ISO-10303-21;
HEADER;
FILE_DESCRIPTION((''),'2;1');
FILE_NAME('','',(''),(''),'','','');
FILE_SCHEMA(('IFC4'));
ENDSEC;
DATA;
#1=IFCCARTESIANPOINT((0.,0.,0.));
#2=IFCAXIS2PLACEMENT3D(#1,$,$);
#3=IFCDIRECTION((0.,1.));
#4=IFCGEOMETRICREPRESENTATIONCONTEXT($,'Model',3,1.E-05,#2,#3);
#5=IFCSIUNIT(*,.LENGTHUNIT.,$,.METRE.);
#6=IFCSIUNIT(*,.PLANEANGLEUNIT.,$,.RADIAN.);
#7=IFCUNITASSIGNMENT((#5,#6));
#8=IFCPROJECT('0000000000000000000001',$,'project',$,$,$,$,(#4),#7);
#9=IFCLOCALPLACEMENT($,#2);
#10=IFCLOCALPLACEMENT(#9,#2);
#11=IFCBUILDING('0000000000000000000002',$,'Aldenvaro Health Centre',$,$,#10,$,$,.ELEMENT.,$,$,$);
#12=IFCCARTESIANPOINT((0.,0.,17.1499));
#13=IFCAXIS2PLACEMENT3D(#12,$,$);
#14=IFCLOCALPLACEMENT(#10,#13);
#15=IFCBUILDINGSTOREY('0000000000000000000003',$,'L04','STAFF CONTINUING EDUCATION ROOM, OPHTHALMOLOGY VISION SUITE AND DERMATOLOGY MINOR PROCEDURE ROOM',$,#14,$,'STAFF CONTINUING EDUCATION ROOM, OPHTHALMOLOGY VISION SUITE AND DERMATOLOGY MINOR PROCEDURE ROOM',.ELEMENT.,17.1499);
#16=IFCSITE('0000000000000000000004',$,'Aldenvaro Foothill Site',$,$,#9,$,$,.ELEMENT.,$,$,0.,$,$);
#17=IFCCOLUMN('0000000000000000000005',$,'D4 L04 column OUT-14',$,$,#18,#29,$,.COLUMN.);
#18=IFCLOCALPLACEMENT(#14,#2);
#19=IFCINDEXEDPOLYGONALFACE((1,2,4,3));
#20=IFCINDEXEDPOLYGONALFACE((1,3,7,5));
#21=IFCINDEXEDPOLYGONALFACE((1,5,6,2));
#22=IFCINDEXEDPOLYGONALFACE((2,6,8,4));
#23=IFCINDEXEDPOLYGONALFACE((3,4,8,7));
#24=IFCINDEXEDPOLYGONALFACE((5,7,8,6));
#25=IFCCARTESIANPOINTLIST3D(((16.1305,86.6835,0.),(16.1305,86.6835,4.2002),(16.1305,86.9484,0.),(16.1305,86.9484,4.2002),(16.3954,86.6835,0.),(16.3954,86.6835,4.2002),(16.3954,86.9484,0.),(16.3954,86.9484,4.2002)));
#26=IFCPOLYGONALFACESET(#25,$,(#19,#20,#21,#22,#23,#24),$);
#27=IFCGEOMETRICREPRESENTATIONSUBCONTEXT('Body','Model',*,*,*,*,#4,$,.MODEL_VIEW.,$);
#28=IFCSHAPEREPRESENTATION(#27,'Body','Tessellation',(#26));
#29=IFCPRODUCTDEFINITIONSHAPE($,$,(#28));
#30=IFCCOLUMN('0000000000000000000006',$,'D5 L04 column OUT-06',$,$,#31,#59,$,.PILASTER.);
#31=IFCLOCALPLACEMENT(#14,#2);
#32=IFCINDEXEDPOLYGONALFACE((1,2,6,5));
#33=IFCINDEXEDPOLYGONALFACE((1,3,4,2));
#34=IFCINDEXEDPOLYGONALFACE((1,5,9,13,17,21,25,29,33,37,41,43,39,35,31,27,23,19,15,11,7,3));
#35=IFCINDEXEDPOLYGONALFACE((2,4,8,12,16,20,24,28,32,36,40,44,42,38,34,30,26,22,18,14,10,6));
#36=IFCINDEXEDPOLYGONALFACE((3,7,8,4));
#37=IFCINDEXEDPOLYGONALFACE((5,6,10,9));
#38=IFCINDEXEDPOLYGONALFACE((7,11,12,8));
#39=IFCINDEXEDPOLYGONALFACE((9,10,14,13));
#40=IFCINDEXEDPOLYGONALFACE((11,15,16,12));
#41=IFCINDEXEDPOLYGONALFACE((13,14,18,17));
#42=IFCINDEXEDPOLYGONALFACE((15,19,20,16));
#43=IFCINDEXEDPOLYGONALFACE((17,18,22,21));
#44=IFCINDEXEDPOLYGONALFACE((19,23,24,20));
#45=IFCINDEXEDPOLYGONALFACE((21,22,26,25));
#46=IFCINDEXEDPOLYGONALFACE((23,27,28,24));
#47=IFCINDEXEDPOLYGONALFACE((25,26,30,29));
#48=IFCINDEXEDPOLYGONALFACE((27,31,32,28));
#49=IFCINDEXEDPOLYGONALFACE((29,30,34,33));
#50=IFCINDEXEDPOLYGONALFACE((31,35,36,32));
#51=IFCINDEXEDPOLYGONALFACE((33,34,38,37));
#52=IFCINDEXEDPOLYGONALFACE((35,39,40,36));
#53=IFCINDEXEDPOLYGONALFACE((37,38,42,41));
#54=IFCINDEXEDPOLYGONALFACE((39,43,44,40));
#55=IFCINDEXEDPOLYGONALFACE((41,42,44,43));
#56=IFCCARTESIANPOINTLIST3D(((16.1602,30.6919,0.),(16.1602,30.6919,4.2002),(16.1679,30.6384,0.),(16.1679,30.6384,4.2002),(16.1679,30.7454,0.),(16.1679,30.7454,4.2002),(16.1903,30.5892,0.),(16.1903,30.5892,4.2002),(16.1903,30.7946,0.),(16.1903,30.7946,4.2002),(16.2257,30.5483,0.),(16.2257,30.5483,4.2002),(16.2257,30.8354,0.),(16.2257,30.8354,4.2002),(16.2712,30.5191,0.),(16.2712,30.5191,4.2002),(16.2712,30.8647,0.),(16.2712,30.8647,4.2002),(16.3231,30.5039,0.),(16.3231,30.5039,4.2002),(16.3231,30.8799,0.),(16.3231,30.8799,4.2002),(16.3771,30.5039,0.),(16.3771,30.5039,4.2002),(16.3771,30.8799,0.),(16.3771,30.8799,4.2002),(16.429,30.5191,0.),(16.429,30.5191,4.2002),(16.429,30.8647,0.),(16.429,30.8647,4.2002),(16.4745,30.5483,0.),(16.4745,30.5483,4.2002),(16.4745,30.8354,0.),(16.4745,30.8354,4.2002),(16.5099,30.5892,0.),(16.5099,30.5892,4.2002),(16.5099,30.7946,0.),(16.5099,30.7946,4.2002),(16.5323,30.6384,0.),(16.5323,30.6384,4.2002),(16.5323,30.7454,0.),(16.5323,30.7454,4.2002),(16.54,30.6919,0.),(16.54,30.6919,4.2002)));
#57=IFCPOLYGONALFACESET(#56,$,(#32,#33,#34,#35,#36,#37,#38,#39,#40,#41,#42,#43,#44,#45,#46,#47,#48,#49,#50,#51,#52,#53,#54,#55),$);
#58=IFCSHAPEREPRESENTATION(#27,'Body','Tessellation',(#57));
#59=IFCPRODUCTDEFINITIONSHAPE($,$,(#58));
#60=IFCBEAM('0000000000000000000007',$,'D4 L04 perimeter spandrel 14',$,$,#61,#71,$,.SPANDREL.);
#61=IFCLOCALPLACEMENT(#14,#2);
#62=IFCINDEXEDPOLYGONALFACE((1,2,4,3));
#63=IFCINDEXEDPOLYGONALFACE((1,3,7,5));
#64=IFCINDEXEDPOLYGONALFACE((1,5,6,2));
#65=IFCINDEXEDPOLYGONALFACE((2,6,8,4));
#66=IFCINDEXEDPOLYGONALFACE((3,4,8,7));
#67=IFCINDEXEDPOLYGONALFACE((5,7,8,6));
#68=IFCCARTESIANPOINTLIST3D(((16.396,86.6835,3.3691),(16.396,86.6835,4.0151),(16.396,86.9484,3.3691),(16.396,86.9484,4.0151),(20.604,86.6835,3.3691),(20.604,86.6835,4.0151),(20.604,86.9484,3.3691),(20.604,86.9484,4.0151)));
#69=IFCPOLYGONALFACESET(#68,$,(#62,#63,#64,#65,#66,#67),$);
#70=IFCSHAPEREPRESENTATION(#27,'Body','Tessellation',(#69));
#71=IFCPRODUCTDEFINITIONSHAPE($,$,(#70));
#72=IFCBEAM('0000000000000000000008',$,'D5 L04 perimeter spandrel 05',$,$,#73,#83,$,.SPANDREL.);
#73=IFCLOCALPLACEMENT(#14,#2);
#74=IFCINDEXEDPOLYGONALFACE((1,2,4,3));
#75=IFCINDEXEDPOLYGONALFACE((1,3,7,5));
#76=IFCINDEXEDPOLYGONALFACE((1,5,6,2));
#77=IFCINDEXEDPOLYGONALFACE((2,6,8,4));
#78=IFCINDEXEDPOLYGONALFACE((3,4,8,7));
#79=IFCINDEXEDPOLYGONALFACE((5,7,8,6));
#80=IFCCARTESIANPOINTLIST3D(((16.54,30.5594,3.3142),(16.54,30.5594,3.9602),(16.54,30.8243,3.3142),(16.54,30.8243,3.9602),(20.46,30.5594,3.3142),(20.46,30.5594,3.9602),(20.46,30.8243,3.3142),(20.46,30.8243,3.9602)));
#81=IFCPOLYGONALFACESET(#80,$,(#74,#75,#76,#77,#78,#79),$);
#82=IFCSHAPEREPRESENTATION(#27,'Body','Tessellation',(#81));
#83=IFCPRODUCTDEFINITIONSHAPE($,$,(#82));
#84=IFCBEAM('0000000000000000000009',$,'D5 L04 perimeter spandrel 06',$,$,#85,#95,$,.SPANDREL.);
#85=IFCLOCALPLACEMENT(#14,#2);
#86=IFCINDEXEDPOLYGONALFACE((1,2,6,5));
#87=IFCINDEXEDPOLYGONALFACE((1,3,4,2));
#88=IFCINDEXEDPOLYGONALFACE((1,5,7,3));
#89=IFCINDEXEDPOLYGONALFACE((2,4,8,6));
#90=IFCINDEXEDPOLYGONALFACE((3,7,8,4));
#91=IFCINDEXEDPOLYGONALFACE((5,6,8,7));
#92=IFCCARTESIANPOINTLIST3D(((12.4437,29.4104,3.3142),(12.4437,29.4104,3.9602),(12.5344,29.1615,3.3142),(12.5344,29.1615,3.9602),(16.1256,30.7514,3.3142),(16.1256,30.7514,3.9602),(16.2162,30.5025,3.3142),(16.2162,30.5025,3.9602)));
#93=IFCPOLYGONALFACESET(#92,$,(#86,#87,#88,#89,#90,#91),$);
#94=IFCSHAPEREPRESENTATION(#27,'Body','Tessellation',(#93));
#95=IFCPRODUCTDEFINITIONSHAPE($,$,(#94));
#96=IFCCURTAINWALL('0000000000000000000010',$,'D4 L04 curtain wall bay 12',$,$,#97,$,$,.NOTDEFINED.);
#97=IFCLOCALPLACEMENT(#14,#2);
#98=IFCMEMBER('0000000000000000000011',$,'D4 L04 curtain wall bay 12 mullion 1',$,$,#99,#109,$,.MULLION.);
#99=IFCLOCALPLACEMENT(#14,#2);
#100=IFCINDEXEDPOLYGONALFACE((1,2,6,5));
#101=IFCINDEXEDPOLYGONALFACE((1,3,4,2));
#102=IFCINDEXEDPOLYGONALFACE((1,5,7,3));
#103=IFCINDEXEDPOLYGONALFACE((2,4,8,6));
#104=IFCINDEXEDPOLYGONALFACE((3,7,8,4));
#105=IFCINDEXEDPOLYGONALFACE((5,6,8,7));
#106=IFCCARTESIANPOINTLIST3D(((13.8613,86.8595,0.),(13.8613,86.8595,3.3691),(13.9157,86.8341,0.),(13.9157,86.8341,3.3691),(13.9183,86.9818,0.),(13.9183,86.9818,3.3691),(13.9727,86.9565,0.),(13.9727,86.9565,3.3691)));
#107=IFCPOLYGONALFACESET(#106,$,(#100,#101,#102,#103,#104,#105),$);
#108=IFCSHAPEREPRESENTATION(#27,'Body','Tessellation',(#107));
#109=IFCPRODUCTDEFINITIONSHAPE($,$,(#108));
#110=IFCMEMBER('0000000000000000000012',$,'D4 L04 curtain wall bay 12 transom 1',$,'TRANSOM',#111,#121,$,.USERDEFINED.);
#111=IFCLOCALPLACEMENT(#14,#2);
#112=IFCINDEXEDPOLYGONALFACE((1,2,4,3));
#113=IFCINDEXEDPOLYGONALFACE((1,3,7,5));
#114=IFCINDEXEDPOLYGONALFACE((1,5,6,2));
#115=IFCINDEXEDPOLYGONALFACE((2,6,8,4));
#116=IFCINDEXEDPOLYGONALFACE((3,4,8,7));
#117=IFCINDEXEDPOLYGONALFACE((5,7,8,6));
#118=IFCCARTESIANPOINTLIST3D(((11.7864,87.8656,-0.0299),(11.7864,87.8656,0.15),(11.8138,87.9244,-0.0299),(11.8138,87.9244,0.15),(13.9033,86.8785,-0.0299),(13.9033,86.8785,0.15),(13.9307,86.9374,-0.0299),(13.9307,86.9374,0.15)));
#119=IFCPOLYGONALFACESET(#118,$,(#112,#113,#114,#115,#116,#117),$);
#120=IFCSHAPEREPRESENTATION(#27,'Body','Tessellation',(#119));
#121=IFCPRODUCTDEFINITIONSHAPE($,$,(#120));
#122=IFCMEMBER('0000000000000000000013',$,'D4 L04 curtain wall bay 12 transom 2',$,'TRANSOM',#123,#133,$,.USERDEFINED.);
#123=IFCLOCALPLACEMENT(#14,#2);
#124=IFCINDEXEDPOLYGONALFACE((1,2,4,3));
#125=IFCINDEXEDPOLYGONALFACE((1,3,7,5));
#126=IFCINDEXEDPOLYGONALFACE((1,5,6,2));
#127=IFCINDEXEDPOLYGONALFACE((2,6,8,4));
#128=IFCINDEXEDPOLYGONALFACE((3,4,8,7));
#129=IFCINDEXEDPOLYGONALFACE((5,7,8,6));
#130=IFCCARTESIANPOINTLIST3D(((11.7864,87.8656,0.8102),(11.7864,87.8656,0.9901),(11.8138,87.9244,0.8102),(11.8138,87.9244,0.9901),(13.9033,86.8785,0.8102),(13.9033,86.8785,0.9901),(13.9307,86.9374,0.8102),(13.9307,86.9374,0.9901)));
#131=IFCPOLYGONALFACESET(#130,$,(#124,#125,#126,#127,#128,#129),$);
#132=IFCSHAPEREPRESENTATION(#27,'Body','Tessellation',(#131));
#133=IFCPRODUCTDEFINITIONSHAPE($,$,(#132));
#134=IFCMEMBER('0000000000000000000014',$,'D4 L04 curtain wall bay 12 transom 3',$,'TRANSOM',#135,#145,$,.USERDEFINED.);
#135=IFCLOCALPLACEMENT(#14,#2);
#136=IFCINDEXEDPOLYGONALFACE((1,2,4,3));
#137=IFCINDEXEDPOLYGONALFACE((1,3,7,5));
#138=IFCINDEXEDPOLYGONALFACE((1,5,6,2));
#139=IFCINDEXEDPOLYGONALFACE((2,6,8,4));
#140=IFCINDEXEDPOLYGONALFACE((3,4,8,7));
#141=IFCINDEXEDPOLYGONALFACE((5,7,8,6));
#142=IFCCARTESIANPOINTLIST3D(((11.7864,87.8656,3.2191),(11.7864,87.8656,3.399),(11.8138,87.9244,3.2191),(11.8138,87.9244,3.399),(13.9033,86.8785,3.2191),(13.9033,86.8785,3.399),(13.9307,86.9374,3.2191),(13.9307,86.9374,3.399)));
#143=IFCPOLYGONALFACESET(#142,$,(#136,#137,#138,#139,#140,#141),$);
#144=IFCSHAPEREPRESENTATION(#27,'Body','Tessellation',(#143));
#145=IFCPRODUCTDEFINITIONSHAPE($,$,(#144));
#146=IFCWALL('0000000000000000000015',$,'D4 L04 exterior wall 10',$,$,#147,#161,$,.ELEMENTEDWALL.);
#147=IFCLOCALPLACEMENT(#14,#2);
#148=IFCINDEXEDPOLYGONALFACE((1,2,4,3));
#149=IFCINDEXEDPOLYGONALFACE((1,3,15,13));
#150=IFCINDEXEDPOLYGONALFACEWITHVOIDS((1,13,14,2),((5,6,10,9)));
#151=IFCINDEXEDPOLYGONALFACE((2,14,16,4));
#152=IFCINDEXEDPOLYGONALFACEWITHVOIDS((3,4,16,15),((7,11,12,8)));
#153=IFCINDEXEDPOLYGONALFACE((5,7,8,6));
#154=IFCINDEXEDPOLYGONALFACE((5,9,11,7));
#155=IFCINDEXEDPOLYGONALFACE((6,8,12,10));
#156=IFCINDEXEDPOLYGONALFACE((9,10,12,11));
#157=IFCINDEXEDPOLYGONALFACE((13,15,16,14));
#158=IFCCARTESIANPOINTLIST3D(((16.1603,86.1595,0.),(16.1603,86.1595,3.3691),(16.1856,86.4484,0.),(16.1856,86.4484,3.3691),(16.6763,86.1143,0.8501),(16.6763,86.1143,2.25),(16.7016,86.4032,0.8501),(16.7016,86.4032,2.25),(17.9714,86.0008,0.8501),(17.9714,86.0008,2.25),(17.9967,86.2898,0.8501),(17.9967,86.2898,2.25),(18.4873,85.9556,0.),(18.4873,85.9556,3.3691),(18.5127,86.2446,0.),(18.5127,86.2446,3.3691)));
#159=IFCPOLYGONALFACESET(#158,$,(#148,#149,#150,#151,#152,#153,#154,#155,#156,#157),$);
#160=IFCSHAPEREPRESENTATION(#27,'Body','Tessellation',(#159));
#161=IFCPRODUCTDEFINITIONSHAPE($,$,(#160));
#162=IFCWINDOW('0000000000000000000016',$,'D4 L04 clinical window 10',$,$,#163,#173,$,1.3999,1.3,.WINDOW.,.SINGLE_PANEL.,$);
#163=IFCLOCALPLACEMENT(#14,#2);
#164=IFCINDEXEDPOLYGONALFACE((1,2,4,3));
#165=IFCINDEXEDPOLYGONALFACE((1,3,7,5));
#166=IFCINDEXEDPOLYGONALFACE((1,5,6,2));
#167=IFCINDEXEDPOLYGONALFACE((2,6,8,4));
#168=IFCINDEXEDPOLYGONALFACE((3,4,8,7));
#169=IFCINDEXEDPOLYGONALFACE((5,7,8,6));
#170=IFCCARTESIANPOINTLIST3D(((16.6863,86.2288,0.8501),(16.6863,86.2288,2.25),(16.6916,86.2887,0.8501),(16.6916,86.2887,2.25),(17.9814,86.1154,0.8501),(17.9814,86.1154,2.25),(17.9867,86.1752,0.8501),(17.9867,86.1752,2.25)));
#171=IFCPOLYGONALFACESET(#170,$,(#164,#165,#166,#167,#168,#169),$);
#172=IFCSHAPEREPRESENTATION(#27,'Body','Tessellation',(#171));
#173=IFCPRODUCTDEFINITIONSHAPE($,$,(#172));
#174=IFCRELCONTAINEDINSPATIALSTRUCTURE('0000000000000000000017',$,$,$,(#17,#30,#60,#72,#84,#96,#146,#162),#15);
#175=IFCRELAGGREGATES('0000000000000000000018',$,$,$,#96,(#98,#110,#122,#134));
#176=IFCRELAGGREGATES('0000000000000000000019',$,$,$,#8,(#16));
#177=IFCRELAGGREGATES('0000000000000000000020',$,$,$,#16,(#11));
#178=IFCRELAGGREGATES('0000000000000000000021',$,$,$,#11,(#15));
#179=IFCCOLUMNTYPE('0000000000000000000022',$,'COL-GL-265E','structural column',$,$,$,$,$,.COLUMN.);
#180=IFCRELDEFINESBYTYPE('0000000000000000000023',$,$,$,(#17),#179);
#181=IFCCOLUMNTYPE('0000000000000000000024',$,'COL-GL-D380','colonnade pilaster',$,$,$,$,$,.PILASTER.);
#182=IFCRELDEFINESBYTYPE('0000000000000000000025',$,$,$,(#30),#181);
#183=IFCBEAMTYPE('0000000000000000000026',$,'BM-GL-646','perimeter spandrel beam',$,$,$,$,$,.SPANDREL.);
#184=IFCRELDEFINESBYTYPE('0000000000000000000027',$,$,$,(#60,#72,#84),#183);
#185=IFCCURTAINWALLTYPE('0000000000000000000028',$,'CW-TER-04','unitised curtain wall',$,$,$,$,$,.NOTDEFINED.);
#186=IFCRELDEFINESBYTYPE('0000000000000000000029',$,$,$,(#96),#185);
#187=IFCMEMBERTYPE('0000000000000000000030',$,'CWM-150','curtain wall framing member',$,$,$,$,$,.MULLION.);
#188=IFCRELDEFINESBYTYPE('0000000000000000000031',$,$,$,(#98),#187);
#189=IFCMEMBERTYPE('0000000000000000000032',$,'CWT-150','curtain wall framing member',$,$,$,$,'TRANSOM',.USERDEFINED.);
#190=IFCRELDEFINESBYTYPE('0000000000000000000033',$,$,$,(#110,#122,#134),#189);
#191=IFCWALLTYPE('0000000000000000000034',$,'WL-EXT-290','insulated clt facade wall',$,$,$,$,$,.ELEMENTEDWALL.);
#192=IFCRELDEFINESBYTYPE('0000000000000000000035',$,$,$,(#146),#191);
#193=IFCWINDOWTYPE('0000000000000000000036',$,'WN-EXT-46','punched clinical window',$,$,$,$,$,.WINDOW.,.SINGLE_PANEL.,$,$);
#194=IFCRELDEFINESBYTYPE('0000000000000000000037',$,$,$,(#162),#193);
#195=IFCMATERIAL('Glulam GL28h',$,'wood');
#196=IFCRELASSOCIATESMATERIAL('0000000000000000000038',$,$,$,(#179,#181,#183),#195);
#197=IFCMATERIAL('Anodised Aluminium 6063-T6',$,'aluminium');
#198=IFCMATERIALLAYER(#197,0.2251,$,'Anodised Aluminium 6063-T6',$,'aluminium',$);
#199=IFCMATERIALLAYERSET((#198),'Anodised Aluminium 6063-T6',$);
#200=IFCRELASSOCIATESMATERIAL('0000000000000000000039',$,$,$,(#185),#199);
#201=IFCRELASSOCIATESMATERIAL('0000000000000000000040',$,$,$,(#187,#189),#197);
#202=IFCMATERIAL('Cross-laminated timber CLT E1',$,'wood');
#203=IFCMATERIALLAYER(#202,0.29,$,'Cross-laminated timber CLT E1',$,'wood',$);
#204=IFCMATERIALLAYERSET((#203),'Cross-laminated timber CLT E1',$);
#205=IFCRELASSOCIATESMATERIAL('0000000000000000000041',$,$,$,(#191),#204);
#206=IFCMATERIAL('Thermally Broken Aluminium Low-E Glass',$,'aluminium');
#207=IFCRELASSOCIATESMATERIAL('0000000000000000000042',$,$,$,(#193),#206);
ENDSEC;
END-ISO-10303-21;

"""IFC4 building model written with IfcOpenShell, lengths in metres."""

from ifc_helpers import new_model, si_unit, direction, frame, frame_2d, origin, origin_2d, place, context, subcontext, project, spatial, rectangle, circle, extrude, material, layer, layer_set, material_profile, profile_set, type_object, element, fill, aggregate, save


model = new_model("IFC4")

# Units and contexts
model_context = context("Model", 3, precision=1e-05, world=origin(), true_north=direction((0.0, 1.0)))
body_context = subcontext(model_context, "Body", "Model", "MODEL_VIEW")
ifc_project = project(units=[si_unit("LENGTHUNIT", "METRE"), si_unit("PLANEANGLEUNIT", "RADIAN")], contexts=[model_context])

# Site, building, storey
site_placement = place(None, origin())
site = spatial("IfcSite", under=ifc_project, at=site_placement, Name="Aldenvaro Foothill Site", CompositionType="ELEMENT", RefElevation=0.0)
building_placement = place(site_placement, origin())
building = spatial("IfcBuilding", under=site, at=building_placement, Name="Aldenvaro Health Centre", CompositionType="ELEMENT")
storey_placement = place(building_placement, frame((0.0, 0.0, 17.1499)))
storey = spatial("IfcBuildingStorey", under=building, at=storey_placement, Name="L04", Description="STAFF CONTINUING EDUCATION ROOM, OPHTHALMOLOGY VISION SUITE AND DERMATOLOGY MINOR PROCEDURE ROOM", LongName="STAFF CONTINUING EDUCATION ROOM, OPHTHALMOLOGY VISION SUITE AND DERMATOLOGY MINOR PROCEDURE ROOM", CompositionType="ELEMENT", Elevation=17.1499)

# Columns
ifc_material_1 = material(Name="Glulam GL28h", Category="wood")
ifc_material_profile_1 = material_profile(ifc_material_1, rectangle(XDim=0.2649, YDim=0.2649, at=origin_2d()), Name="GL 265x265", Category="wood")
ifc_profile_set_1 = profile_set([ifc_material_profile_1], Name="Glulam GL28h")
column_type_1 = type_object("IfcColumnType", Name="COL-GL-265E", Description="structural column", PredefinedType="COLUMN", material=ifc_profile_set_1)
column_1_placement = place(storey_placement, frame((16.2629, 86.8159, 0.0), z_axis=(0.0, 0.0, 1.0), x_axis=(1.0, 0.0, 0.0)))
element("IfcColumn", 1, at=column_1_placement, inside=storey, type_object=column_type_1, Name="D4 L04 column OUT-14", PredefinedType="COLUMN", context=body_context, shape_type="SweptSolid", body=[
    extrude(rectangle(XDim=0.2649, YDim=0.2649, at=origin_2d()), origin(), (0.0, 0.0, 1.0), 4.2002),
])
ifc_material_profile_2 = material_profile(ifc_material_1, circle(Radius=0.1899, at=origin_2d()), Name="GL D380", Category="wood")
ifc_profile_set_2 = profile_set([ifc_material_profile_2], Name="Glulam GL28h")
column_type_2 = type_object("IfcColumnType", Name="COL-GL-D380", Description="colonnade pilaster", PredefinedType="PILASTER", material=ifc_profile_set_2)
column_2_placement = place(storey_placement, frame((16.3501, 30.6919, 0.0), z_axis=(0.0, 0.0, 1.0), x_axis=(1.0, 0.0, 0.0)))
element("IfcColumn", 2, at=column_2_placement, inside=storey, type_object=column_type_2, Name="D5 L04 column OUT-06", PredefinedType="PILASTER", context=body_context, shape_type="SweptSolid", body=[
    extrude(circle(Radius=0.1899, at=origin_2d()), origin(), (0.0, 0.0, 1.0), 4.2002),
])

# Beams
ifc_material_profile_3 = material_profile(ifc_material_1, rectangle(XDim=0.2649, YDim=0.646, at=origin_2d()), Name="GL 265x646", Category="wood")
ifc_profile_set_3 = profile_set([ifc_material_profile_3], Name="Glulam GL28h")
beam_type = type_object("IfcBeamType", Name="BM-GL-646", Description="perimeter spandrel beam", PredefinedType="SPANDREL", material=ifc_profile_set_3)
beam_1_placement = place(storey_placement, frame((16.396, 86.8159, 3.6921), z_axis=(1.0, 0.0, 0.0), x_axis=(0.0, 1.0, 0.0)))
element("IfcBeam", 3, at=beam_1_placement, inside=storey, type_object=beam_type, Name="D4 L04 perimeter spandrel 14", PredefinedType="SPANDREL", context=body_context, shape_type="SweptSolid", body=[
    extrude(rectangle(XDim=0.2649, YDim=0.646, at=origin_2d()), origin(), (0.0, 0.0, 1.0), 4.208),
])
beam_2_placement = place(storey_placement, frame((20.46, 30.6919, 3.6372), z_axis=(-1.0, 0.0, 0.0), x_axis=(0.0, -1.0, 0.0)))
element("IfcBeam", 4, at=beam_2_placement, inside=storey, type_object=beam_type, Name="D5 L04 perimeter spandrel 05", PredefinedType="SPANDREL", context=body_context, shape_type="SweptSolid", body=[
    extrude(rectangle(XDim=0.2649, YDim=0.646, at=origin_2d()), origin(), (0.0, 0.0, 1.0), 3.9199),
])
beam_3_placement = place(storey_placement, frame((16.1709, 30.627, 3.6372), z_axis=(-0.939613, -0.342238, 0.0), x_axis=(0.342238, -0.939613, 0.0)))
element("IfcBeam", 5, at=beam_3_placement, inside=storey, type_object=beam_type, Name="D5 L04 perimeter spandrel 06", PredefinedType="SPANDREL", context=body_context, shape_type="SweptSolid", body=[
    extrude(rectangle(XDim=0.2649, YDim=0.646, at=origin_2d()), origin(), (0.0, 0.0, 1.0), 3.9185),
])

# Curtain wall, members
ifc_material_2 = material(Name="Anodised Aluminium 6063-T6", Category="aluminium")
ifc_layer_1 = layer(ifc_material_2, 0.2251, Name="Anodised Aluminium 6063-T6", Category="aluminium")
ifc_layer_set_1 = layer_set([ifc_layer_1], Name="Anodised Aluminium 6063-T6")
curtain_wall_type = type_object("IfcCurtainWallType", Name="CW-TER-04", Description="unitised curtain wall", PredefinedType="NOTDEFINED", material=ifc_layer_set_1)
curtain_wall_placement = place(storey_placement, origin())
curtain_wall = element("IfcCurtainWall", 6, at=curtain_wall_placement, inside=storey, type_object=curtain_wall_type, Name="D4 L04 curtain wall bay 12", PredefinedType="NOTDEFINED")
ifc_material_profile_4 = material_profile(ifc_material_2, rectangle(XDim=0.0601, YDim=0.135, at=origin_2d()), Name="ALU 60x135", Category="aluminium")
ifc_profile_set_4 = profile_set([ifc_material_profile_4], Name="Anodised Aluminium 6063-T6")
member_type_1 = type_object("IfcMemberType", Name="CWM-150", Description="curtain wall framing member", PredefinedType="MULLION", material=ifc_profile_set_4)
member_1_placement = place(storey_placement, frame((13.917, 86.908, 0.0), z_axis=(0.0, 0.0, 1.0), x_axis=(-0.906336, 0.422557, 0.0)))
member_1 = element("IfcMember", 7, at=member_1_placement, type_object=member_type_1, Name="D4 L04 curtain wall bay 12 mullion 1", PredefinedType="MULLION", context=body_context, shape_type="SweptSolid", body=[
    extrude(rectangle(XDim=0.0601, YDim=0.135, at=origin_2d()), origin(), (0.0, 0.0, 1.0), 3.3691),
])
ifc_material_profile_5 = material_profile(ifc_material_2, rectangle(XDim=0.0649, YDim=0.1799, at=origin_2d()), Name="ALU 65x180", Category="aluminium")
ifc_profile_set_5 = profile_set([ifc_material_profile_5], Name="Anodised Aluminium 6063-T6")
member_type_2 = type_object("IfcMemberType", Name="CWT-150", Description="curtain wall framing member", ElementType="TRANSOM", PredefinedType="USERDEFINED", material=ifc_profile_set_5)
member_2_placement = place(storey_placement, frame((13.917, 86.908, 0.0601), z_axis=(-0.906322, 0.422588, 0.0), x_axis=(-0.422588, -0.906322, 0.0)))
member_2 = element("IfcMember", 8, at=member_2_placement, type_object=member_type_2, Name="D4 L04 curtain wall bay 12 transom 1", ObjectType="TRANSOM", PredefinedType="USERDEFINED", context=body_context, shape_type="SweptSolid", body=[
    extrude(rectangle(XDim=0.0649, YDim=0.1799, at=origin_2d()), origin(), (0.0, 0.0, 1.0), 2.3357),
])
member_3_placement = place(storey_placement, frame((13.917, 86.908, 0.9001), z_axis=(-0.906322, 0.422588, 0.0), x_axis=(-0.422588, -0.906322, 0.0)))
member_3 = element("IfcMember", 9, at=member_3_placement, type_object=member_type_2, Name="D4 L04 curtain wall bay 12 transom 2", ObjectType="TRANSOM", PredefinedType="USERDEFINED", context=body_context, shape_type="SweptSolid", body=[
    extrude(rectangle(XDim=0.0649, YDim=0.1799, at=origin_2d()), origin(), (0.0, 0.0, 1.0), 2.3357),
])
member_4_placement = place(storey_placement, frame((13.917, 86.908, 3.3091), z_axis=(-0.906322, 0.422588, 0.0), x_axis=(-0.422588, -0.906322, 0.0)))
member_4 = element("IfcMember", 10, at=member_4_placement, type_object=member_type_2, Name="D4 L04 curtain wall bay 12 transom 3", ObjectType="TRANSOM", PredefinedType="USERDEFINED", context=body_context, shape_type="SweptSolid", body=[
    extrude(rectangle(XDim=0.0649, YDim=0.1799, at=origin_2d()), origin(), (0.0, 0.0, 1.0), 2.3357),
])
aggregate(curtain_wall, [member_1, member_2, member_3, member_4])

# Wall, opening, window
ifc_material_3 = material(Name="Cross-laminated timber CLT E1", Category="wood")
ifc_layer_2 = layer(ifc_material_3, 0.29, Name="Cross-laminated timber CLT E1", Category="wood")
ifc_layer_set_2 = layer_set([ifc_layer_2], Name="Cross-laminated timber CLT E1")
wall_type = type_object("IfcWallType", Name="WL-EXT-290", Description="insulated clt facade wall", PredefinedType="ELEMENTEDWALL", material=ifc_layer_set_2)
wall_1_placement = place(storey_placement, frame((18.5, 86.1001, 0.0), z_axis=(0.0, 0.0, 1.0), x_axis=(-0.996184, 0.087275, 0.0)))
wall_1 = element("IfcWall", 11, at=wall_1_placement, inside=storey, type_object=wall_type, Name="D4 L04 exterior wall 10", PredefinedType="ELEMENTEDWALL", context=body_context, shape_type="SweptSolid", body=[
    extrude(rectangle(XDim=2.3359, YDim=0.29, at=frame_2d((1.168, 0.0))), origin(), (0.0, 0.0, 1.0), 3.3691),
])
opening_1_placement = place(wall_1_placement, frame((0.5181, 0.0, 0.8501)))
opening_1 = element("IfcOpeningElement", 12, at=opening_1_placement, cuts=wall_1, PredefinedType="OPENING", context=body_context, shape_type="SweptSolid", body=[
    extrude(rectangle(XDim=1.3, YDim=1.3999, at=frame_2d((0.6499, 0.7))), frame((0.0, 0.155, 0.0), z_axis=(0.0, -1.0, 0.0), x_axis=(1.0, 0.0, 0.0)), (0.0, 0.0, 1.0), 0.3101),
])
ifc_material_4 = material(Name="Thermally Broken Aluminium Low-E Glass", Category="aluminium")
window_type_1 = type_object("IfcWindowType", Name="WN-EXT-46", Description="punched clinical window", PartitioningType="SINGLE_PANEL", PredefinedType="WINDOW", material=ifc_material_4)
window_1_placement = place(opening_1_placement, origin())
window_1 = element("IfcWindow", 13, at=window_1_placement, inside=storey, type_object=window_type_1, Name="D4 L04 clinical window 10", OverallHeight=1.3999, OverallWidth=1.3, PartitioningType="SINGLE_PANEL", PredefinedType="WINDOW", context=body_context, shape_type="SweptSolid", body=[
    extrude(rectangle(XDim=1.3, YDim=1.3999, at=frame_2d((0.6499, 0.7))), frame((0.0, 0.03, 0.0), z_axis=(0.0, -1.0, 0.0), x_axis=(1.0, 0.0, 0.0)), (0.0, 0.0, 1.0), 0.0601),
])
fill(opening_1, window_1)

save(model, "model.ifc")
